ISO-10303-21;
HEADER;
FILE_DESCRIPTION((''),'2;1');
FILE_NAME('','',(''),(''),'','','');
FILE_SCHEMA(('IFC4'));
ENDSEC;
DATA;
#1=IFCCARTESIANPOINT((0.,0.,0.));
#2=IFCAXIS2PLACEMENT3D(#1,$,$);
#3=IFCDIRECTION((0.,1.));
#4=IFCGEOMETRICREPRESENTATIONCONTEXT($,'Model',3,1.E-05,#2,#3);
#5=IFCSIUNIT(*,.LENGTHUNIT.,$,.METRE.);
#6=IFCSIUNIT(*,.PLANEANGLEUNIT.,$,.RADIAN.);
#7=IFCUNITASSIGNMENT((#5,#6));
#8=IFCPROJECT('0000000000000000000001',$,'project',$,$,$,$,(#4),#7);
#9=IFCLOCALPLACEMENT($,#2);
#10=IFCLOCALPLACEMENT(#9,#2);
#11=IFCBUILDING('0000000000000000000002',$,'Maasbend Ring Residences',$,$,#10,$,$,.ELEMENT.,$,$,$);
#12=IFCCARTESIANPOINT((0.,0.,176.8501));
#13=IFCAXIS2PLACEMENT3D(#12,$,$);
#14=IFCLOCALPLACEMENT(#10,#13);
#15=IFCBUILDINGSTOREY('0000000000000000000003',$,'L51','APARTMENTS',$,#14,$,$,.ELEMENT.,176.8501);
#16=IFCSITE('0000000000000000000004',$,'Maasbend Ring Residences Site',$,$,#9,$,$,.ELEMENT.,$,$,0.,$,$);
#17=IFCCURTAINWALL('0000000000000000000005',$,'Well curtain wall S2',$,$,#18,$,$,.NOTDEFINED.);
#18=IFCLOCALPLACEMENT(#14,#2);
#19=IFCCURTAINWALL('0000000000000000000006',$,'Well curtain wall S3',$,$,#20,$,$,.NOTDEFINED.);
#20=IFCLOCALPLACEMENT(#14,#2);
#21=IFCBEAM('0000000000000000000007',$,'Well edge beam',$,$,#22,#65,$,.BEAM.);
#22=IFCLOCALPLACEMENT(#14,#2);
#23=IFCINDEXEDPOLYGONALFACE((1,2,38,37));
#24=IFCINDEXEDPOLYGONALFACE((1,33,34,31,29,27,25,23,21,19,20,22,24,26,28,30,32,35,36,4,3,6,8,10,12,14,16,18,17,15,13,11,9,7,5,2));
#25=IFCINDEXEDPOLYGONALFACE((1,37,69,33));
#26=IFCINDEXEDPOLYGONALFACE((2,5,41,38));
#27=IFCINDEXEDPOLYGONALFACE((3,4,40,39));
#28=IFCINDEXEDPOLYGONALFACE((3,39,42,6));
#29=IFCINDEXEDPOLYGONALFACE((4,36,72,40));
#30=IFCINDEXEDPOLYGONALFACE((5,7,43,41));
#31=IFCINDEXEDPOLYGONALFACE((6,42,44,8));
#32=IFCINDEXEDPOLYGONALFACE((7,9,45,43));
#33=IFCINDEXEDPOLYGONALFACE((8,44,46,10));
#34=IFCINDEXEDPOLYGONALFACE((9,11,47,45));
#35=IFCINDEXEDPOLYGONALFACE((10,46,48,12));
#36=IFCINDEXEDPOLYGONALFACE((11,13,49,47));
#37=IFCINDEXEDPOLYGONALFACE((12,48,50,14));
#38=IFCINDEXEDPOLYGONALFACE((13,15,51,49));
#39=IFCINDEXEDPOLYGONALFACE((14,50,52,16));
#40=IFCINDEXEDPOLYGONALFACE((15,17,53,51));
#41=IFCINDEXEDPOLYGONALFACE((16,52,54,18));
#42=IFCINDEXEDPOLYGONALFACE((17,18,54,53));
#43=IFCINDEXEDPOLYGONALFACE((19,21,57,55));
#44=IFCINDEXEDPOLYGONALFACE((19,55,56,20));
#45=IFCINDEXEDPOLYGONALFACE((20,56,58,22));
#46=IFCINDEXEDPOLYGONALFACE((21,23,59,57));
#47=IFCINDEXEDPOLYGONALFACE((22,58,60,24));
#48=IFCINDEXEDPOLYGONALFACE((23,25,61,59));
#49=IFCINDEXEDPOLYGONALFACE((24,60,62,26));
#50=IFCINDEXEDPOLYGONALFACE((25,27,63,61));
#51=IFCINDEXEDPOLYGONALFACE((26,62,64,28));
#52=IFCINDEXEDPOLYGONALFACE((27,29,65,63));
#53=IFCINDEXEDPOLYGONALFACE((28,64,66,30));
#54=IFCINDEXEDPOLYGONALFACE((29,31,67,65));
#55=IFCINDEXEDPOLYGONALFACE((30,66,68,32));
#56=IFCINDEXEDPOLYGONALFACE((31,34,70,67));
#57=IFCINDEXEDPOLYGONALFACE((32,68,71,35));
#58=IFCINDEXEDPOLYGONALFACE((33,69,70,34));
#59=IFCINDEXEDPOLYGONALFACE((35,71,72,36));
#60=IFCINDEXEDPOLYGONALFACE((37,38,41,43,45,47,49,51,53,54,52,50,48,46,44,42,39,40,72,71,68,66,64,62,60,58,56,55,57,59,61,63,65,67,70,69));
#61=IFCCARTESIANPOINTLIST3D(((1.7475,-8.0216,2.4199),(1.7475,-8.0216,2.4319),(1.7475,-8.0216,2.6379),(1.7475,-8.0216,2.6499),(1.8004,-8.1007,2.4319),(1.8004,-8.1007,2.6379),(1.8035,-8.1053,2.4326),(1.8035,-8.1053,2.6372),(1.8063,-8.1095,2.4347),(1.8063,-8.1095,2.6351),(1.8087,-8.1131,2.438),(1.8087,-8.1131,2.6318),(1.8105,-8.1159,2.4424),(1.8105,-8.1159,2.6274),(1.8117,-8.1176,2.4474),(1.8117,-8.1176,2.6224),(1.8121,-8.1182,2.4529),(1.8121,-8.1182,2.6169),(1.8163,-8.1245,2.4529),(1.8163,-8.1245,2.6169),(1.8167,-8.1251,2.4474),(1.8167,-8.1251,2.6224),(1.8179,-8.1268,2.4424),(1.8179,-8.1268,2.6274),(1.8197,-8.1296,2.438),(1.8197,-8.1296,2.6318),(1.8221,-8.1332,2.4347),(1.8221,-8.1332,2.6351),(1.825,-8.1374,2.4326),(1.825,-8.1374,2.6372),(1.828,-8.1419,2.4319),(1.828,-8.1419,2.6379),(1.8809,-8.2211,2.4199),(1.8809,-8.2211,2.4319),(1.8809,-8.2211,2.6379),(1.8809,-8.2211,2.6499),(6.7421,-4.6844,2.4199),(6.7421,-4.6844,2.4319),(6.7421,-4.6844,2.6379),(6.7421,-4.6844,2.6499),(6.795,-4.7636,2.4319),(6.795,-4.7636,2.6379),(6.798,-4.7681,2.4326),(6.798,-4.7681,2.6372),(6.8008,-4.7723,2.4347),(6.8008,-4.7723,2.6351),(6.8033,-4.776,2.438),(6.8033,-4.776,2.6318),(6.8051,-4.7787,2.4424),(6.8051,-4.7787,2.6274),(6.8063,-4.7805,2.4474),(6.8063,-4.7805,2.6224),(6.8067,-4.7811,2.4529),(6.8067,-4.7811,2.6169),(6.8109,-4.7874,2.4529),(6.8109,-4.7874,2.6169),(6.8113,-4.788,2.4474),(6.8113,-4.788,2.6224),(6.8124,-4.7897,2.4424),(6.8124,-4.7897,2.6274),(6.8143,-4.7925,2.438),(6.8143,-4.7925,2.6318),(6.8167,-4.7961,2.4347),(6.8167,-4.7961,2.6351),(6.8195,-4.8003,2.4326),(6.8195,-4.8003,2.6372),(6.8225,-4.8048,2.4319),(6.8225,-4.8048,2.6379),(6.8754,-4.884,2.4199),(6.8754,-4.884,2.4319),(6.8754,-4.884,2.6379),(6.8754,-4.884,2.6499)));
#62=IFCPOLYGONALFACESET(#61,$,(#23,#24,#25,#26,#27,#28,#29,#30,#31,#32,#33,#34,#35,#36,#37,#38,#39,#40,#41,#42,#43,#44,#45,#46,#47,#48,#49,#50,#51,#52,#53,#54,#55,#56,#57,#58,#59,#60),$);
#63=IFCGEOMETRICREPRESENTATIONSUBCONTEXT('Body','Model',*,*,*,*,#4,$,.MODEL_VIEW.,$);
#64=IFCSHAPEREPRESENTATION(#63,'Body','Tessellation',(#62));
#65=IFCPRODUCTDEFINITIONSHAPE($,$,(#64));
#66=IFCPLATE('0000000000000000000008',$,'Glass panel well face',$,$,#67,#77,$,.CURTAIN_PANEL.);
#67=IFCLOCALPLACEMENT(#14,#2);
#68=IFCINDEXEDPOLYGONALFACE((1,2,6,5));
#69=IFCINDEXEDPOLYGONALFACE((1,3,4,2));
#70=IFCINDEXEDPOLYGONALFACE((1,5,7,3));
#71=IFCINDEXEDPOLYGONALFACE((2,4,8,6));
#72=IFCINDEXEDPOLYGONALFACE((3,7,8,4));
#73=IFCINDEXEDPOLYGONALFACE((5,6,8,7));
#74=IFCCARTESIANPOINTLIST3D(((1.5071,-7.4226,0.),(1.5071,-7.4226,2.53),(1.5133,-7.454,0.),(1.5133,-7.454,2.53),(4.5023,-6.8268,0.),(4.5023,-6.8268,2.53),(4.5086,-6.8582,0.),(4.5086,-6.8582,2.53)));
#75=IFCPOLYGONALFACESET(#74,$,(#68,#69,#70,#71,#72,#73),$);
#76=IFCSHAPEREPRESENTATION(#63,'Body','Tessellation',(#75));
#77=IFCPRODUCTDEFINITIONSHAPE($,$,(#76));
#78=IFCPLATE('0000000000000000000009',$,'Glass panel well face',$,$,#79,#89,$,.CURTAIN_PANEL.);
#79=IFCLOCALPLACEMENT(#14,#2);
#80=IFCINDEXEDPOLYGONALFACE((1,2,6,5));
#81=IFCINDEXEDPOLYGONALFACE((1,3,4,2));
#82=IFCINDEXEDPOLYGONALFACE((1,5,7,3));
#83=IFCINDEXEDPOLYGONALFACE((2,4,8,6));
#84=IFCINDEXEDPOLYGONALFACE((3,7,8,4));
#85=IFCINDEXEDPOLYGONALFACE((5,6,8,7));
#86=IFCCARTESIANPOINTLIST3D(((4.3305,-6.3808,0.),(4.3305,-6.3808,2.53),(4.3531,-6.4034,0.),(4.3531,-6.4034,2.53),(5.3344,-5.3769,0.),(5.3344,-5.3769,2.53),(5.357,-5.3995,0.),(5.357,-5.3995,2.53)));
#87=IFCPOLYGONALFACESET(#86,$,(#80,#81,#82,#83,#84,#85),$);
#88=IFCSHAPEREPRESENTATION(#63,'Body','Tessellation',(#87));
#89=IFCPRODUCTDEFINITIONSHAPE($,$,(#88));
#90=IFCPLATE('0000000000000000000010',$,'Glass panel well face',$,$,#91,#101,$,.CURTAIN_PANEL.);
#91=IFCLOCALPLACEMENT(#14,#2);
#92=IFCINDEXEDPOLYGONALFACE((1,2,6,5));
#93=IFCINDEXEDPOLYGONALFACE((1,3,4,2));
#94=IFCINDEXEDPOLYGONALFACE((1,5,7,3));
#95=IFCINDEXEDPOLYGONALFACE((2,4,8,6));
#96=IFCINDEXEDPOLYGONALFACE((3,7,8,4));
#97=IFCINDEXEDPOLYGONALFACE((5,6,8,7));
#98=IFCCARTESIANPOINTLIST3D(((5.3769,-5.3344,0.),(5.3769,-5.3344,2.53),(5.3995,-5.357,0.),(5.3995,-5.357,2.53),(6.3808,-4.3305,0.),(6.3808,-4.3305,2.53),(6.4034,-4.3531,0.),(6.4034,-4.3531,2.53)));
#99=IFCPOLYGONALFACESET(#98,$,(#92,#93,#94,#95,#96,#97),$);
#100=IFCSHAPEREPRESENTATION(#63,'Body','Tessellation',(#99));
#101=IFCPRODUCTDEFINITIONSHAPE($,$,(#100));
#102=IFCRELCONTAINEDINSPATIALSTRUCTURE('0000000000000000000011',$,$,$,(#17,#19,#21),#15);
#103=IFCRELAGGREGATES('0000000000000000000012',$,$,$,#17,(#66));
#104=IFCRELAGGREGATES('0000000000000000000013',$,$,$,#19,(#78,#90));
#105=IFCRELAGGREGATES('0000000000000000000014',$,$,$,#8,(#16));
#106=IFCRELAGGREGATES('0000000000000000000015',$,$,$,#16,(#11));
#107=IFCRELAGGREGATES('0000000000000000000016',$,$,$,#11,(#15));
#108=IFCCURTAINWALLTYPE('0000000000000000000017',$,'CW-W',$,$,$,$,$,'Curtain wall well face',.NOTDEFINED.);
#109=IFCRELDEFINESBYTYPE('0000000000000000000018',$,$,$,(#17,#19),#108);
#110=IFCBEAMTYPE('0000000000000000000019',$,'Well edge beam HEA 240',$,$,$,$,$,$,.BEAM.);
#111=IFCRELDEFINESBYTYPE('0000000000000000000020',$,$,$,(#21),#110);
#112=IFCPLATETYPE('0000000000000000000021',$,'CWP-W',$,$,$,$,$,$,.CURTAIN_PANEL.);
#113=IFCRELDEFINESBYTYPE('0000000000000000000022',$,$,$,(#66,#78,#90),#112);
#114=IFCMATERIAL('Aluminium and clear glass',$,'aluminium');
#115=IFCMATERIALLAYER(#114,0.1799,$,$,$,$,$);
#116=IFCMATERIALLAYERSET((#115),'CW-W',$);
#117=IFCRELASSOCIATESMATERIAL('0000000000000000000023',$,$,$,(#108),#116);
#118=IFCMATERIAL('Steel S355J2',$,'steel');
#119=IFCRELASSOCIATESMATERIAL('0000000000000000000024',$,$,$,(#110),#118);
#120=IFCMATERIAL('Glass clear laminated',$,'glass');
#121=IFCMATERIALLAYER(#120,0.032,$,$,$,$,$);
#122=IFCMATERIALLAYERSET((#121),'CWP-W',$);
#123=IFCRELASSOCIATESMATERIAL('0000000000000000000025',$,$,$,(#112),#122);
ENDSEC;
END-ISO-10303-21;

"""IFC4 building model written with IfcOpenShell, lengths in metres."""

from ifc_helpers import new_model, si_unit, direction, frame, origin, origin_2d, place, context, subcontext, project, spatial, rectangle, i_section, extrude, material, layer, layer_set, material_profile, profile_set, type_object, element, aggregate, save


model = new_model("IFC4")

# Units and contexts
model_context = context("Model", 3, precision=1e-05, world=origin(), true_north=direction((0.0, 1.0)))
body_context = subcontext(model_context, "Body", "Model", "MODEL_VIEW")
ifc_project = project(units=[si_unit("LENGTHUNIT", "METRE"), si_unit("PLANEANGLEUNIT", "RADIAN")], contexts=[model_context])

# Site, building, storey
site_placement = place(None, origin())
site = spatial("IfcSite", under=ifc_project, at=site_placement, Name="Maasbend Ring Residences Site", CompositionType="ELEMENT", RefElevation=0.0)
building_placement = place(site_placement, origin())
building = spatial("IfcBuilding", under=site, at=building_placement, Name="Maasbend Ring Residences", CompositionType="ELEMENT")
storey_placement = place(building_placement, frame((0.0, 0.0, 176.8501)))
storey = spatial("IfcBuildingStorey", under=building, at=storey_placement, Name="L51", Description="APARTMENTS", CompositionType="ELEMENT", Elevation=176.8501)

# Curtain walls
ifc_material_1 = material(Name="Aluminium and clear glass", Category="aluminium")
ifc_layer_1 = layer(ifc_material_1, 0.1799)
ifc_layer_set_1 = layer_set([ifc_layer_1], Name="CW-W")
curtain_wall_type = type_object("IfcCurtainWallType", Name="CW-W", ElementType="Curtain wall well face", PredefinedType="NOTDEFINED", material=ifc_layer_set_1)
curtain_wall_1_placement = place(storey_placement, origin())
curtain_wall_1 = element("IfcCurtainWall", 1, at=curtain_wall_1_placement, inside=storey, type_object=curtain_wall_type, Name="Well curtain wall S2", PredefinedType="NOTDEFINED")
curtain_wall_2_placement = place(storey_placement, origin())
curtain_wall_2 = element("IfcCurtainWall", 2, at=curtain_wall_2_placement, inside=storey, type_object=curtain_wall_type, Name="Well curtain wall S3", PredefinedType="NOTDEFINED")

# Beam
ifc_material_2 = material(Name="Steel S355J2", Category="steel")
ifc_material_profile_1 = material_profile(ifc_material_2, i_section(OverallWidth=0.24, OverallDepth=0.23, WebThickness=0.0076, FlangeThickness=0.012, FilletRadius=0.021, at=origin_2d()), Name="HEA 240")
ifc_profile_set_1 = profile_set([ifc_material_profile_1], Name="Steel S355J2")
beam_type = type_object("IfcBeamType", Name="Well edge beam HEA 240", PredefinedType="BEAM", material=ifc_profile_set_1)
beam_placement = place(storey_placement, frame((1.8142, -8.1213, 2.5349), z_axis=(0.831481, 0.555553, 0.0), x_axis=(-0.555553, 0.831481, 0.0)))
element("IfcBeam", 3, at=beam_placement, inside=storey, type_object=beam_type, Name="Well edge beam", PredefinedType="BEAM", context=body_context, shape_type="SweptSolid", body=[
    extrude(i_section(OverallWidth=0.24, OverallDepth=0.23, WebThickness=0.0076, FlangeThickness=0.012, FilletRadius=0.021, at=origin_2d()), origin(), (0.0, 0.0, 1.0), 6.0068),
])

# Plates
ifc_material_3 = material(Name="Glass clear laminated", Category="glass")
ifc_layer_2 = layer(ifc_material_3, 0.032)
ifc_layer_set_2 = layer_set([ifc_layer_2], Name="CWP-W")
plate_type = type_object("IfcPlateType", Name="CWP-W", PredefinedType="CURTAIN_PANEL", material=ifc_layer_set_2)
plate_1_placement = place(storey_placement, frame((3.0078, -7.1404, 0.0), z_axis=(0.0, 0.0, 1.0), x_axis=(0.980785, 0.19509, 0.0)))
plate_1 = element("IfcPlate", 4, at=plate_1_placement, type_object=plate_type, Name="Glass panel well face", PredefinedType="CURTAIN_PANEL", context=body_context, shape_type="SweptSolid", body=[
    extrude(rectangle(XDim=3.054, YDim=0.032, at=origin_2d()), origin(), (0.0, 0.0, 1.0), 2.53),
])
aggregate(curtain_wall_1, [plate_1])
plate_2_placement = place(storey_placement, frame((4.8438, -5.8901, 0.0), z_axis=(0.0, 0.0, 1.0), x_axis=(0.707107, 0.707107, 0.0)))
plate_2 = element("IfcPlate", 5, at=plate_2_placement, type_object=plate_type, Name="Glass panel well face", PredefinedType="CURTAIN_PANEL", context=body_context, shape_type="SweptSolid", body=[
    extrude(rectangle(XDim=1.4197, YDim=0.032, at=origin_2d()), origin(), (0.0, 0.0, 1.0), 2.53),
])
plate_3_placement = place(storey_placement, frame((5.8901, -4.8438, 0.0), z_axis=(0.0, 0.0, 1.0), x_axis=(0.707107, 0.707107, 0.0)))
plate_3 = element("IfcPlate", 6, at=plate_3_placement, type_object=plate_type, Name="Glass panel well face", PredefinedType="CURTAIN_PANEL", context=body_context, shape_type="SweptSolid", body=[
    extrude(rectangle(XDim=1.4197, YDim=0.032, at=origin_2d()), origin(), (0.0, 0.0, 1.0), 2.53),
])
aggregate(curtain_wall_2, [plate_2, plate_3])

save(model, "model.ifc")
